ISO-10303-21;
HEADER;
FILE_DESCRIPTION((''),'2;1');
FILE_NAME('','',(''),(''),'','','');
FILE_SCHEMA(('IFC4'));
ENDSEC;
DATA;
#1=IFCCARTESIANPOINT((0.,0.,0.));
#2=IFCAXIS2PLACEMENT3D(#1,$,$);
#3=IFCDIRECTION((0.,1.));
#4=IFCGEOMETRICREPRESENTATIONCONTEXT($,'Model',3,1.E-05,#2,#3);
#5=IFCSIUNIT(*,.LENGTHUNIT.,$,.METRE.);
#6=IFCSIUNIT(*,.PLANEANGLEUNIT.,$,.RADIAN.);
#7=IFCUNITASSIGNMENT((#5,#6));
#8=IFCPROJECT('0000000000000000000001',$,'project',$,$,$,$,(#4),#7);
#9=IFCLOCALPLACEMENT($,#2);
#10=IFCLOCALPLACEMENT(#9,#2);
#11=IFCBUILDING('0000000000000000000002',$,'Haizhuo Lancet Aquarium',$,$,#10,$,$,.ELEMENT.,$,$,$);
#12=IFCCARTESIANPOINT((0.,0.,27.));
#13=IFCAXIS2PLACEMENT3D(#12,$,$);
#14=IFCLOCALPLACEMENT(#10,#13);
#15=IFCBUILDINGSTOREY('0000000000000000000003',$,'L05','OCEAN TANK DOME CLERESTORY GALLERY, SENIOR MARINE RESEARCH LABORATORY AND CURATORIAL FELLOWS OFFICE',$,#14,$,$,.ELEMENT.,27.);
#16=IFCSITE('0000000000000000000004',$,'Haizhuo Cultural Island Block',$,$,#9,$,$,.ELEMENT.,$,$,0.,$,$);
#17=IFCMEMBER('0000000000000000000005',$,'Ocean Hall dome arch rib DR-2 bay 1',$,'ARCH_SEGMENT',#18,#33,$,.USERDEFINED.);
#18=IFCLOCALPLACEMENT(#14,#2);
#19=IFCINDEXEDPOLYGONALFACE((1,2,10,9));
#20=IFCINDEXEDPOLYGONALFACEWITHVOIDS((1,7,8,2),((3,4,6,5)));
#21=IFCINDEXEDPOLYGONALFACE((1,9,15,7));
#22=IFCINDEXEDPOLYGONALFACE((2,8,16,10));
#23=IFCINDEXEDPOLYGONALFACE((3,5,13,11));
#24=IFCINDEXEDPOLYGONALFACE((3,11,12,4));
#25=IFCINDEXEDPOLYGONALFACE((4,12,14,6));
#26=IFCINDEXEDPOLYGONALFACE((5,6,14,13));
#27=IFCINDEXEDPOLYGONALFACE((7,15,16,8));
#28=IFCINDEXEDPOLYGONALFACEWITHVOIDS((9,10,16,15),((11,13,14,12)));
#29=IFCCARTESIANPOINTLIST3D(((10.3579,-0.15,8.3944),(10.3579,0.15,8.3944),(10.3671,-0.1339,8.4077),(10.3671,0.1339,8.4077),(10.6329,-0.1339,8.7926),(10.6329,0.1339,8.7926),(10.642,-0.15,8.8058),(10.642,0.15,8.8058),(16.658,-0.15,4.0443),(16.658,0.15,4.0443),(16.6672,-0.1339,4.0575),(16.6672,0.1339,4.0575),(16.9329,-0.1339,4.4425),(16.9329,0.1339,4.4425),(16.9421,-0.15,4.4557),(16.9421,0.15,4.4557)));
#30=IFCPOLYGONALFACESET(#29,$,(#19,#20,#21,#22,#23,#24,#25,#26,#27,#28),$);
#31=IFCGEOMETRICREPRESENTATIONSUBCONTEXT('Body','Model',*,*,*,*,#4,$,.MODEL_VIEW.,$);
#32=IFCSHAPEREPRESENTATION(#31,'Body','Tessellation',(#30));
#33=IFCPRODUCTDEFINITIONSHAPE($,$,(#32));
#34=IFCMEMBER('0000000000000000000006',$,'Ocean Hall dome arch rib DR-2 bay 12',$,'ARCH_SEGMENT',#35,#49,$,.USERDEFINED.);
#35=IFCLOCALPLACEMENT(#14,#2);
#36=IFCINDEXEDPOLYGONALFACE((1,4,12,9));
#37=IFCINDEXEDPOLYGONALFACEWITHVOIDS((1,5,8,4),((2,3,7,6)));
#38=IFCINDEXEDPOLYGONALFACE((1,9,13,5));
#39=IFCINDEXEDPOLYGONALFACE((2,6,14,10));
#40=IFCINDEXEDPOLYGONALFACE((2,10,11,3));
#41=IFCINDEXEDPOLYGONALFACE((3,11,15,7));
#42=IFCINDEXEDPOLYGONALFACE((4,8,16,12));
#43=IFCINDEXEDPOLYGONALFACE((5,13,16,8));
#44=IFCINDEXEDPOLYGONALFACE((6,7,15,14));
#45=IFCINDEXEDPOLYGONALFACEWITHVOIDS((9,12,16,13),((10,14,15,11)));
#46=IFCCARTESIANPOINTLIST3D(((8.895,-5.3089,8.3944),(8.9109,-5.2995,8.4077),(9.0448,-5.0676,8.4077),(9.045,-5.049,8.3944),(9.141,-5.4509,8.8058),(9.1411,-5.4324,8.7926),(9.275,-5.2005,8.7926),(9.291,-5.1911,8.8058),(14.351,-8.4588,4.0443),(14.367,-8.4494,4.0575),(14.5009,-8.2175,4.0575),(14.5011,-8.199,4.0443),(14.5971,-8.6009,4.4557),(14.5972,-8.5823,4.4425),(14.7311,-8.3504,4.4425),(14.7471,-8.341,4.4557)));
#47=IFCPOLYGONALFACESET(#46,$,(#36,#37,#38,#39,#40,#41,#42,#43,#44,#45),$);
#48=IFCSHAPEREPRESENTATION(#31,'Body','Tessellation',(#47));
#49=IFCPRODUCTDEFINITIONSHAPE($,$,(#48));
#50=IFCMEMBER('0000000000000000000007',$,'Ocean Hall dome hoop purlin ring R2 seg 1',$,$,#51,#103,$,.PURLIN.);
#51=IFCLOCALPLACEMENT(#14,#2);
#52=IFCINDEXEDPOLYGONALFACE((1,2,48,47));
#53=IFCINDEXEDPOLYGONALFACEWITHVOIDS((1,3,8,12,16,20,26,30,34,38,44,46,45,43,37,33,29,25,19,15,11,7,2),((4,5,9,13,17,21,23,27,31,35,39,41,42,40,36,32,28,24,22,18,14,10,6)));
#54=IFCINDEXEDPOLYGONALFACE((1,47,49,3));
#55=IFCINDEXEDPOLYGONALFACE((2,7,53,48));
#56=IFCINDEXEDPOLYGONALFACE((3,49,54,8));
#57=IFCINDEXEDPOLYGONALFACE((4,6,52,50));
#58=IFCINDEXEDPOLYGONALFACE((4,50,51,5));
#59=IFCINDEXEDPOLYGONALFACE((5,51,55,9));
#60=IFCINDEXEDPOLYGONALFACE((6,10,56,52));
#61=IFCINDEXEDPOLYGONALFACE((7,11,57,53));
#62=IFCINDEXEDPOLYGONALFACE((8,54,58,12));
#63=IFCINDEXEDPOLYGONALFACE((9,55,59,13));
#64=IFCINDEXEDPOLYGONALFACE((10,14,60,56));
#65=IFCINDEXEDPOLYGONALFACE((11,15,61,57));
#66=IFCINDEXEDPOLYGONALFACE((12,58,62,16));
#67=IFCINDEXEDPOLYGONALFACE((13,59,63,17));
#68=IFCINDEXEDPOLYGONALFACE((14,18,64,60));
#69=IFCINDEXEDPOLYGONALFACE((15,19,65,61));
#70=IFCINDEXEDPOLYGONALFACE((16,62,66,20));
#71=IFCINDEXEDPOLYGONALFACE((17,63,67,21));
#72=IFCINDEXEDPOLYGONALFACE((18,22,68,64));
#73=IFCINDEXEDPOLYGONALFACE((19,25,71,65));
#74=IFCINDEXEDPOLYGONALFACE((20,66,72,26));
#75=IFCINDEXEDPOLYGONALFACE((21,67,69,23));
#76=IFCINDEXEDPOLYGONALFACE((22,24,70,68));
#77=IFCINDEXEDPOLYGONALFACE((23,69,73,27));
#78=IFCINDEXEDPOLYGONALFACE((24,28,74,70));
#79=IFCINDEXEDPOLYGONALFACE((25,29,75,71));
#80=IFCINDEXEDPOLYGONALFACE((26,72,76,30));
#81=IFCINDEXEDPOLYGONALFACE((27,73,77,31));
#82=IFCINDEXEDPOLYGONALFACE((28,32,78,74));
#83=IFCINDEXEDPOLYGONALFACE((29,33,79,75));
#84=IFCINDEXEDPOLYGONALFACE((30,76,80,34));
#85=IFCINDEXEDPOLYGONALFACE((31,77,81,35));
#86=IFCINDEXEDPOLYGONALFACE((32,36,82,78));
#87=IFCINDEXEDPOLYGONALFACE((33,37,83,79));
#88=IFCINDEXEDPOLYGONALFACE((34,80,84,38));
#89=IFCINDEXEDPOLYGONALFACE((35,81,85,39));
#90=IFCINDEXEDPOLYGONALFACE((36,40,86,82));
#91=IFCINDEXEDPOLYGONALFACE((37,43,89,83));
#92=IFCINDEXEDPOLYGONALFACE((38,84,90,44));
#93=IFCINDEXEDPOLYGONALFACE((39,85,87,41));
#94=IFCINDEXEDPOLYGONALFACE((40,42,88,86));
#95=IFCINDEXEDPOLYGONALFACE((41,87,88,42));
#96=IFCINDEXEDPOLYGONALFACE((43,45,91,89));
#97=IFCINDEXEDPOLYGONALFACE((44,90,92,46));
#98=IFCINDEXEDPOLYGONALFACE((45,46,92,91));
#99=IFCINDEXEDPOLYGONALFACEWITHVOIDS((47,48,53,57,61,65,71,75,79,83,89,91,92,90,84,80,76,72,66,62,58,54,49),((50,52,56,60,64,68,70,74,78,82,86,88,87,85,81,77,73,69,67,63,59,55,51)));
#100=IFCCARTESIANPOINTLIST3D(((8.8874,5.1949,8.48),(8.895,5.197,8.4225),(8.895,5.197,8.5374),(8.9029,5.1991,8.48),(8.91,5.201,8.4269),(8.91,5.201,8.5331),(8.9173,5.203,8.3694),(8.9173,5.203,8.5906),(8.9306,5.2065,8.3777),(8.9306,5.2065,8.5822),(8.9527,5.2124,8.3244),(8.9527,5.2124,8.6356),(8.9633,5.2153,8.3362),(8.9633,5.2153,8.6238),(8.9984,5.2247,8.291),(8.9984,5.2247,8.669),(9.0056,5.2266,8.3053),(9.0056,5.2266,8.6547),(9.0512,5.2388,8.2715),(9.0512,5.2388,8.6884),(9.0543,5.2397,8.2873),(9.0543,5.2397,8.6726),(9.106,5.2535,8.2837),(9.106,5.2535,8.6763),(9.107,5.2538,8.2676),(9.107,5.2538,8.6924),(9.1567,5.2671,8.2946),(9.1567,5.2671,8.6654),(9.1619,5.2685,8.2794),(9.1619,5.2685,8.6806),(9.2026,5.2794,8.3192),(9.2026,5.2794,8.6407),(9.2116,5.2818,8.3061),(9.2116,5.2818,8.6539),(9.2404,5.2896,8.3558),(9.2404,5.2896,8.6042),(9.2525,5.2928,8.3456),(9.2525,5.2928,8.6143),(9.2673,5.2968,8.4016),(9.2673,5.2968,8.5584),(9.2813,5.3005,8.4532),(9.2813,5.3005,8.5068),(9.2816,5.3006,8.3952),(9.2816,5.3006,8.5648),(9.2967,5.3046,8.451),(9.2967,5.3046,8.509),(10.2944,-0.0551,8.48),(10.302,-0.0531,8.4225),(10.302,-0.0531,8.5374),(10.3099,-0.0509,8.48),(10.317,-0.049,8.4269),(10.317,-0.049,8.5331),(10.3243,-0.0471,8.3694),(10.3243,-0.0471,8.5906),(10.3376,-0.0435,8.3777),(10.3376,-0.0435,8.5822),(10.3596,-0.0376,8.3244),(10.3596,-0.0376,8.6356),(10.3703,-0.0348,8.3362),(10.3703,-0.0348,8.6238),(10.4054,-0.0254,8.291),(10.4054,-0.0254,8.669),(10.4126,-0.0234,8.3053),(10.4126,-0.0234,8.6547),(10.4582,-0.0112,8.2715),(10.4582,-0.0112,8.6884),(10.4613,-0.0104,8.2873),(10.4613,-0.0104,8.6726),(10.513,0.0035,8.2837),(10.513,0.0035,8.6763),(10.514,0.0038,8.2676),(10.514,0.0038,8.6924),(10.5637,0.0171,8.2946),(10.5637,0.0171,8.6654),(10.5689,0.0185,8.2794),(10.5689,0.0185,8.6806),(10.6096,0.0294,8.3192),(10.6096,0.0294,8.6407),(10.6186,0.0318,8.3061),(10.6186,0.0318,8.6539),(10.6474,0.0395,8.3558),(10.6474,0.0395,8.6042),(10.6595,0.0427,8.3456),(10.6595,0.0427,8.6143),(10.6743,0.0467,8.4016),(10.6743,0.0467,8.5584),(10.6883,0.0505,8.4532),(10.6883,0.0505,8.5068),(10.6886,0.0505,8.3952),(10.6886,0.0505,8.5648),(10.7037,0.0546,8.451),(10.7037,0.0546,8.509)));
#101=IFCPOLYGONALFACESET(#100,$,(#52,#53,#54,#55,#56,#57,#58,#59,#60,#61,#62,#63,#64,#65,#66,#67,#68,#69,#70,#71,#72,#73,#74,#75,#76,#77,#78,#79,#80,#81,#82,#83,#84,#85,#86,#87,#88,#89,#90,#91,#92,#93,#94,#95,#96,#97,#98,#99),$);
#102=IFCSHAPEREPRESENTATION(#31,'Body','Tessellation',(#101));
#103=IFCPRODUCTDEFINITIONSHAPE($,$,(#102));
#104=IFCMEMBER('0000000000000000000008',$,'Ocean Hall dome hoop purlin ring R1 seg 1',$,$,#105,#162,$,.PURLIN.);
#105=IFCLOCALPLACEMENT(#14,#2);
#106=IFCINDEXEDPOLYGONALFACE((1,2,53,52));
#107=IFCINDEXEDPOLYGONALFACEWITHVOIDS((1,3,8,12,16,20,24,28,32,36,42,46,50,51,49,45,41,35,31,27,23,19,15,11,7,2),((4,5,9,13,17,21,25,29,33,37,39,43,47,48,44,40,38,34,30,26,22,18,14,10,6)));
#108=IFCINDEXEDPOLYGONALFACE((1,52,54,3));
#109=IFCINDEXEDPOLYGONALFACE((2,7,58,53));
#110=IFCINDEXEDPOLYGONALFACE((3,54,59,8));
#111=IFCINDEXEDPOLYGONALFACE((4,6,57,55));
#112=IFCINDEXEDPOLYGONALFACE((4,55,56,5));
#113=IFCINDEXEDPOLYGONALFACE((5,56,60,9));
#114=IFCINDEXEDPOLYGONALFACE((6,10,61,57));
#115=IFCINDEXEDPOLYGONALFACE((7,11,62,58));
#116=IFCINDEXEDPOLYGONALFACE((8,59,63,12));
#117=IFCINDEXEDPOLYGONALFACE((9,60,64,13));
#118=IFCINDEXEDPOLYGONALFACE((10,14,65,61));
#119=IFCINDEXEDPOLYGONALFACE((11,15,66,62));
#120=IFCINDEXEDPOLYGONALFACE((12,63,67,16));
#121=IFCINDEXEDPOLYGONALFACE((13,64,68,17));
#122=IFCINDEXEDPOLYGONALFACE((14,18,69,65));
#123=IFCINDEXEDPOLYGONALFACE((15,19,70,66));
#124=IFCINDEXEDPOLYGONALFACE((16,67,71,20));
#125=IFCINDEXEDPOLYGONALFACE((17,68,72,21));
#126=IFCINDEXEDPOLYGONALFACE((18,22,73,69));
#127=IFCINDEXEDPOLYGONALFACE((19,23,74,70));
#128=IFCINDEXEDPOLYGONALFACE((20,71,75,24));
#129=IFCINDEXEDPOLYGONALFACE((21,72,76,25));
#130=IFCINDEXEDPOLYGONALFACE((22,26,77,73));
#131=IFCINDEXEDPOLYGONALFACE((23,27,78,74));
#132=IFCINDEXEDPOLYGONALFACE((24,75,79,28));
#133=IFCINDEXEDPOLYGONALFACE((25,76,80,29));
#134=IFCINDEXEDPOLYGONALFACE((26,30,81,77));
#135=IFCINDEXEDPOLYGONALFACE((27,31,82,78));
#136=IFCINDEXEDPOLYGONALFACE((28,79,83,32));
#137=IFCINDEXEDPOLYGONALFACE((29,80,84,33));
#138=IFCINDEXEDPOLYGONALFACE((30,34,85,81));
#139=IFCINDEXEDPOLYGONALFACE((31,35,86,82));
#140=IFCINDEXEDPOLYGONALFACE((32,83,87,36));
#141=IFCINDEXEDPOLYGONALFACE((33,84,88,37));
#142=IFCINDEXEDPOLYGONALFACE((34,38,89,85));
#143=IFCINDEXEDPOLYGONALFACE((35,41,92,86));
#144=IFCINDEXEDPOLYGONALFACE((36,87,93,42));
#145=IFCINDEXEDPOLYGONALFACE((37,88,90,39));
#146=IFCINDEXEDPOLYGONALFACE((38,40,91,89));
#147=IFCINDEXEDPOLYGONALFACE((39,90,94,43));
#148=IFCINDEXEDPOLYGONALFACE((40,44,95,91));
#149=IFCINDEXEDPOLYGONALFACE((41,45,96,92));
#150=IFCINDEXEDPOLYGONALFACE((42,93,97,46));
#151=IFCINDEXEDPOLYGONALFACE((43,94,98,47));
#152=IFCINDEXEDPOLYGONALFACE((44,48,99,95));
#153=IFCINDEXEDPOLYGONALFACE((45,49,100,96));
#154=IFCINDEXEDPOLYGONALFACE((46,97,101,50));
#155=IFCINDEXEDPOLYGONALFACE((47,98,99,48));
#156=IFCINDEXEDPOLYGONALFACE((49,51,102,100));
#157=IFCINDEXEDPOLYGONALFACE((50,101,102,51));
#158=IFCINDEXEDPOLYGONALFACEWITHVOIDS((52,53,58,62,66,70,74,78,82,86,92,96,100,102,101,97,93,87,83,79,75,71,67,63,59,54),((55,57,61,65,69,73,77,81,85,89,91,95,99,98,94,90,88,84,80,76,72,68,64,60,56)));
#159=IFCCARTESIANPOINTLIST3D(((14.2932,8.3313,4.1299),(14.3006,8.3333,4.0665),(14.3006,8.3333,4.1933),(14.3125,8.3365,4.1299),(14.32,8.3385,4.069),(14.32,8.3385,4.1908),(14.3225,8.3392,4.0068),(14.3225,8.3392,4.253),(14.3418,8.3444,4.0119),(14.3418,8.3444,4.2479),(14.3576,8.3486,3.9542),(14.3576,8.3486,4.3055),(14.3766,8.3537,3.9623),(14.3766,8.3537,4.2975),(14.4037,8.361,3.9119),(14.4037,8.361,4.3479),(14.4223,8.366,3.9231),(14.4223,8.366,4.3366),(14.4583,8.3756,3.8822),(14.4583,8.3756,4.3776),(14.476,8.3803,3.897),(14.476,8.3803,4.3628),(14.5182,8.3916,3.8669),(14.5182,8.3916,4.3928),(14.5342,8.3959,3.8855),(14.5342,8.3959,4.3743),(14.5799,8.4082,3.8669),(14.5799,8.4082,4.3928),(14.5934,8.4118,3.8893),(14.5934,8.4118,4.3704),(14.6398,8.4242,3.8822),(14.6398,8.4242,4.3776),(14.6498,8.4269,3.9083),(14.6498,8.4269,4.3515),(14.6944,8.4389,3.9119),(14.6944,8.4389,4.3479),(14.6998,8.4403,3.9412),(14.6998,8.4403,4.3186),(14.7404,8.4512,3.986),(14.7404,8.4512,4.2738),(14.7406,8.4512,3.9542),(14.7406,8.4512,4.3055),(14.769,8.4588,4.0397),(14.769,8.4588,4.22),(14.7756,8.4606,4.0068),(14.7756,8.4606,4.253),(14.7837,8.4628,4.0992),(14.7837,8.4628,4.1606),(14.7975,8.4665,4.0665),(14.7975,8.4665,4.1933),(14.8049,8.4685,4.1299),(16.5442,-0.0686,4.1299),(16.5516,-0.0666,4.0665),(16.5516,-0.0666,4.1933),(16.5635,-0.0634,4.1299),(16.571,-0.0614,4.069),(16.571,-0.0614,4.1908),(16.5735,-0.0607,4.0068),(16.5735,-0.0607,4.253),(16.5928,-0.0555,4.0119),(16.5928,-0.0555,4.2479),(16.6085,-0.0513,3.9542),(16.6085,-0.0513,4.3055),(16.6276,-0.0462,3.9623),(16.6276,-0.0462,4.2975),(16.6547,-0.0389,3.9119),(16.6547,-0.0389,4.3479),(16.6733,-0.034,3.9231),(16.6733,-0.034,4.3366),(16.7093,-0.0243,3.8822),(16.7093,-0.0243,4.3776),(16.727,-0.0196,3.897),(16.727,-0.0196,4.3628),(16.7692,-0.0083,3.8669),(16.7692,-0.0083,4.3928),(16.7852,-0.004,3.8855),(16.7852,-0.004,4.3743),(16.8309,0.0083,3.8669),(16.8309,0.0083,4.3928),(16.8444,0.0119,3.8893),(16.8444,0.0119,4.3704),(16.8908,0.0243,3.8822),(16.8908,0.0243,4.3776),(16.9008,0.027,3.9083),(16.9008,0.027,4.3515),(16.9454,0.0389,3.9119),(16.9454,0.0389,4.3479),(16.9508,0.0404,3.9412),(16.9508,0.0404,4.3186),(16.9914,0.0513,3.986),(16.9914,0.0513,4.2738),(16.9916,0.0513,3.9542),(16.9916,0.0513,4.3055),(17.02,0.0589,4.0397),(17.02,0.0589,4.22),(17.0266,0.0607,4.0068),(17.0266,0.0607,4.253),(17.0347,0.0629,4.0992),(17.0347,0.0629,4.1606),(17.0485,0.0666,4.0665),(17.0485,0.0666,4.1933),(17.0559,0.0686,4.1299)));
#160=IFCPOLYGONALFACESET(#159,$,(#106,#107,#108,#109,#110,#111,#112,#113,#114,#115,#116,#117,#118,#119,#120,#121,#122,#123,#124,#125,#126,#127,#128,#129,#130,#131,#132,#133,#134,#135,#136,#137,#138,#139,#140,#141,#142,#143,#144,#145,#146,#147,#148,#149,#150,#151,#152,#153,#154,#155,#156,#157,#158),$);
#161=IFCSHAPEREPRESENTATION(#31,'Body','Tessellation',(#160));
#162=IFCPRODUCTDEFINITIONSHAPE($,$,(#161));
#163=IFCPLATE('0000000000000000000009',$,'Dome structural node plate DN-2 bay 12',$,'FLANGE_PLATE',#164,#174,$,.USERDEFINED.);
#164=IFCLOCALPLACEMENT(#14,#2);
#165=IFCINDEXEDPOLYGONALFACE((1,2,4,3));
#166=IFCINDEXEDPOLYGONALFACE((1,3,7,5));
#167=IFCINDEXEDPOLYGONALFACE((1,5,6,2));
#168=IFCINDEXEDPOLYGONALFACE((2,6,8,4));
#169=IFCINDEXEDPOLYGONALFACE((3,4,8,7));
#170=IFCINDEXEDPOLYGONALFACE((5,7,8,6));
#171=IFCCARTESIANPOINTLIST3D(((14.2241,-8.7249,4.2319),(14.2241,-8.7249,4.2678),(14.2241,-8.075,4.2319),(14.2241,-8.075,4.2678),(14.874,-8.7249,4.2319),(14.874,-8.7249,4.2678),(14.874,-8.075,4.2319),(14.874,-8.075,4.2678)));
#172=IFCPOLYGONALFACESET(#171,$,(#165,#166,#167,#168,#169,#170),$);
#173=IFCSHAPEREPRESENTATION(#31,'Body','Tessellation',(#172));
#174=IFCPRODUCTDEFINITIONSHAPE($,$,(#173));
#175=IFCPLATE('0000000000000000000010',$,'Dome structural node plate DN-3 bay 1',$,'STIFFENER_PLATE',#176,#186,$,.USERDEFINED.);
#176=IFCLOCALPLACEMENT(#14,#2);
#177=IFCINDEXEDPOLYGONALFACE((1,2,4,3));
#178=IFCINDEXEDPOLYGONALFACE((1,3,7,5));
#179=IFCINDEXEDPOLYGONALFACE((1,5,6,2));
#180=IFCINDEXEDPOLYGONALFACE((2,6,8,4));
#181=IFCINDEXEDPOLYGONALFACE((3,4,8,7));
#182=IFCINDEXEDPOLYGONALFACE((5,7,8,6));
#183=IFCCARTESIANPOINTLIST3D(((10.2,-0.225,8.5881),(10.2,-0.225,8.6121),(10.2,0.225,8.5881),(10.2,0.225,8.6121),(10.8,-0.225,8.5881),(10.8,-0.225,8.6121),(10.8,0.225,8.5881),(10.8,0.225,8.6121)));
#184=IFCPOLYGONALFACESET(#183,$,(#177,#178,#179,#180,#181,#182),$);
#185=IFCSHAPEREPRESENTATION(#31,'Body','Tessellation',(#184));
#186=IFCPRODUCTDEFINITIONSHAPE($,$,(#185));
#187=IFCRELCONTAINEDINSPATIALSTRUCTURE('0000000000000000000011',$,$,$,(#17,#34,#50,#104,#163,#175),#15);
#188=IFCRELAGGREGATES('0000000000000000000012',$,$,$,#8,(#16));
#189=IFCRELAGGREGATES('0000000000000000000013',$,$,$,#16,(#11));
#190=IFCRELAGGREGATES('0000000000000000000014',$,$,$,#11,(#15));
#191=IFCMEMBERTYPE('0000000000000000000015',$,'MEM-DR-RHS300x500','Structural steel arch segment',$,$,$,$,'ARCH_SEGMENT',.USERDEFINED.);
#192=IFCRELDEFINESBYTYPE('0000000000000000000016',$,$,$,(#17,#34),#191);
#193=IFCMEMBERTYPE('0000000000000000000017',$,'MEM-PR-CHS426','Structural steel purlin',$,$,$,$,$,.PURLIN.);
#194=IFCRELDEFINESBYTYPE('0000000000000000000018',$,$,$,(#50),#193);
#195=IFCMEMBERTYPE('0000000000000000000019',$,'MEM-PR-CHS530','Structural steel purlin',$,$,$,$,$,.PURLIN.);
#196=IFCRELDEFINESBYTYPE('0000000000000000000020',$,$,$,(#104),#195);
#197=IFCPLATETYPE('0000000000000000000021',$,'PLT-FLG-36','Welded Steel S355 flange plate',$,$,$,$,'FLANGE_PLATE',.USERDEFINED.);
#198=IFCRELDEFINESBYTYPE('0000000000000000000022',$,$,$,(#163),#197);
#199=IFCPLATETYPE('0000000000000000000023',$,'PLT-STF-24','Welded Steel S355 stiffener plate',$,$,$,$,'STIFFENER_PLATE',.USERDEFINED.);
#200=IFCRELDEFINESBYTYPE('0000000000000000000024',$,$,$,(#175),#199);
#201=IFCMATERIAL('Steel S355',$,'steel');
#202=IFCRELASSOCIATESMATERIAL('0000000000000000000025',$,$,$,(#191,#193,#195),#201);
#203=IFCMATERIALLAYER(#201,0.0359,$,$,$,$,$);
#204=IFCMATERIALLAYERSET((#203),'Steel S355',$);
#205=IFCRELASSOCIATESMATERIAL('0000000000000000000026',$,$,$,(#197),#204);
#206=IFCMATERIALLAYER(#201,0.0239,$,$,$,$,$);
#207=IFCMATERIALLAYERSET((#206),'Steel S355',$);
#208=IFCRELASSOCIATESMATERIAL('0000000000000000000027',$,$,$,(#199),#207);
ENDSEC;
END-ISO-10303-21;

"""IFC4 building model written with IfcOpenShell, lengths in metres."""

from ifc_helpers import new_model, si_unit, direction, frame, origin, origin_2d, place, context, subcontext, project, spatial, rectangle, hollow_rectangle, hollow_circle, extrude, material, layer, layer_set, material_profile, profile_set, type_object, element, save


model = new_model("IFC4")

# Units and contexts
model_context = context("Model", 3, precision=1e-05, world=origin(), true_north=direction((0.0, 1.0)))
body_context = subcontext(model_context, "Body", "Model", "MODEL_VIEW")
ifc_project = project(units=[si_unit("LENGTHUNIT", "METRE"), si_unit("PLANEANGLEUNIT", "RADIAN")], contexts=[model_context])

# Site, building, storey
site_placement = place(None, origin())
site = spatial("IfcSite", under=ifc_project, at=site_placement, Name="Haizhuo Cultural Island Block", CompositionType="ELEMENT", RefElevation=0.0)
building_placement = place(site_placement, origin())
building = spatial("IfcBuilding", under=site, at=building_placement, Name="Haizhuo Lancet Aquarium", CompositionType="ELEMENT")
storey_placement = place(building_placement, frame((0.0, 0.0, 27.0)))
storey = spatial("IfcBuildingStorey", under=building, at=storey_placement, Name="L05", Description="OCEAN TANK DOME CLERESTORY GALLERY, SENIOR MARINE RESEARCH LABORATORY AND CURATORIAL FELLOWS OFFICE", CompositionType="ELEMENT", Elevation=27.0)

# Members
ifc_material_1 = material(Name="Steel S355", Category="steel")
ifc_material_profile_1 = material_profile(ifc_material_1, hollow_rectangle(XDim=0.3, YDim=0.5, WallThickness=0.0161, at=origin_2d()), Name="RHS 300x500x16")
ifc_profile_set_1 = profile_set([ifc_material_profile_1], Name="Steel S355")
member_type_1 = type_object("IfcMemberType", Name="MEM-DR-RHS300x500", Description="Structural steel arch segment", ElementType="ARCH_SEGMENT", PredefinedType="USERDEFINED", material=ifc_profile_set_1)
for number, where, z_axis, x_axis, name in (
    (1, (16.8, 0.0, 4.25), (-0.822893, 0.0, 0.568196), (0.0, -1.0, 0.0), "Ocean Hall dome arch rib DR-2 bay 1"),
    (2, (14.5491, -8.3999, 4.25), (-0.712654, 0.411431, 0.568197), (-0.499982, -0.866036, 0.0), "Ocean Hall dome arch rib DR-2 bay 12"),
):
    element("IfcMember", number, at=place(storey_placement, frame(where, z_axis=z_axis, x_axis=x_axis)), inside=storey, type_object=member_type_1, Name=name, ObjectType="ARCH_SEGMENT", PredefinedType="USERDEFINED", context=body_context, shape_type="SweptSolid", body=[
        extrude(hollow_rectangle(XDim=0.3, YDim=0.5, WallThickness=0.0161, at=origin_2d()), origin(), (0.0, 0.0, 1.0), 7.656),
    ])
ifc_material_profile_2 = material_profile(ifc_material_1, hollow_circle(Radius=0.2129, WallThickness=0.0161, at=origin_2d()), Name="CHS 426x16")
ifc_profile_set_2 = profile_set([ifc_material_profile_2], Name="Steel S355")
member_type_2 = type_object("IfcMemberType", Name="MEM-PR-CHS426", Description="Structural steel purlin", PredefinedType="PURLIN", material=ifc_profile_set_2)
member_1_placement = place(storey_placement, frame((10.5, 0.0, 8.48), z_axis=(-0.258862, 0.965914, 0.0), x_axis=(-0.965914, -0.258862, 0.0)))
element("IfcMember", 3, at=member_1_placement, inside=storey, type_object=member_type_2, Name="Ocean Hall dome hoop purlin ring R2 seg 1", PredefinedType="PURLIN", context=body_context, shape_type="SweptSolid", body=[
    extrude(hollow_circle(Radius=0.2129, WallThickness=0.0161, at=origin_2d()), origin(), (0.0, 0.0, 1.0), 5.4353),
])
ifc_material_profile_3 = material_profile(ifc_material_1, hollow_circle(Radius=0.2649, WallThickness=0.02, at=origin_2d()), Name="CHS 530x20")
ifc_profile_set_3 = profile_set([ifc_material_profile_3], Name="Steel S355")
member_type_3 = type_object("IfcMemberType", Name="MEM-PR-CHS530", Description="Structural steel purlin", PredefinedType="PURLIN", material=ifc_profile_set_3)
member_2_placement = place(storey_placement, frame((16.8, 0.0, 4.1299), z_axis=(-0.258844, 0.965919, 0.0), x_axis=(-0.965919, -0.258844, 0.0)))
element("IfcMember", 4, at=member_2_placement, inside=storey, type_object=member_type_3, Name="Ocean Hall dome hoop purlin ring R1 seg 1", PredefinedType="PURLIN", context=body_context, shape_type="SweptSolid", body=[
    extrude(hollow_circle(Radius=0.2649, WallThickness=0.02, at=origin_2d()), origin(), (0.0, 0.0, 1.0), 8.6963),
])

# Plates
ifc_layer_1 = layer(ifc_material_1, 0.0359)
ifc_layer_set_1 = layer_set([ifc_layer_1], Name="Steel S355")
plate_type_1 = type_object("IfcPlateType", Name="PLT-FLG-36", Description="Welded Steel S355 flange plate", ElementType="FLANGE_PLATE", PredefinedType="USERDEFINED", material=ifc_layer_set_1)
plate_1_placement = place(storey_placement, frame((14.5491, -8.3999, 4.2319), z_axis=(0.0, 0.0, 1.0), x_axis=(1.0, 0.0, 0.0)))
element("IfcPlate", 5, at=plate_1_placement, inside=storey, type_object=plate_type_1, Name="Dome structural node plate DN-2 bay 12", ObjectType="FLANGE_PLATE", PredefinedType="USERDEFINED", context=body_context, shape_type="SweptSolid", body=[
    extrude(rectangle(XDim=0.6499, YDim=0.6499, at=origin_2d()), origin(), (0.0, 0.0, 1.0), 0.0359),
])
ifc_layer_2 = layer(ifc_material_1, 0.0239)
ifc_layer_set_2 = layer_set([ifc_layer_2], Name="Steel S355")
plate_type_2 = type_object("IfcPlateType", Name="PLT-STF-24", Description="Welded Steel S355 stiffener plate", ElementType="STIFFENER_PLATE", PredefinedType="USERDEFINED", material=ifc_layer_set_2)
plate_2_placement = place(storey_placement, frame((10.5, 0.0, 8.5881), z_axis=(0.0, 0.0, 1.0), x_axis=(1.0, 0.0, 0.0)))
element("IfcPlate", 6, at=plate_2_placement, inside=storey, type_object=plate_type_2, Name="Dome structural node plate DN-3 bay 1", ObjectType="STIFFENER_PLATE", PredefinedType="USERDEFINED", context=body_context, shape_type="SweptSolid", body=[
    extrude(rectangle(XDim=0.6001, YDim=0.45, at=origin_2d()), origin(), (0.0, 0.0, 1.0), 0.0239),
])

save(model, "model.ifc")
